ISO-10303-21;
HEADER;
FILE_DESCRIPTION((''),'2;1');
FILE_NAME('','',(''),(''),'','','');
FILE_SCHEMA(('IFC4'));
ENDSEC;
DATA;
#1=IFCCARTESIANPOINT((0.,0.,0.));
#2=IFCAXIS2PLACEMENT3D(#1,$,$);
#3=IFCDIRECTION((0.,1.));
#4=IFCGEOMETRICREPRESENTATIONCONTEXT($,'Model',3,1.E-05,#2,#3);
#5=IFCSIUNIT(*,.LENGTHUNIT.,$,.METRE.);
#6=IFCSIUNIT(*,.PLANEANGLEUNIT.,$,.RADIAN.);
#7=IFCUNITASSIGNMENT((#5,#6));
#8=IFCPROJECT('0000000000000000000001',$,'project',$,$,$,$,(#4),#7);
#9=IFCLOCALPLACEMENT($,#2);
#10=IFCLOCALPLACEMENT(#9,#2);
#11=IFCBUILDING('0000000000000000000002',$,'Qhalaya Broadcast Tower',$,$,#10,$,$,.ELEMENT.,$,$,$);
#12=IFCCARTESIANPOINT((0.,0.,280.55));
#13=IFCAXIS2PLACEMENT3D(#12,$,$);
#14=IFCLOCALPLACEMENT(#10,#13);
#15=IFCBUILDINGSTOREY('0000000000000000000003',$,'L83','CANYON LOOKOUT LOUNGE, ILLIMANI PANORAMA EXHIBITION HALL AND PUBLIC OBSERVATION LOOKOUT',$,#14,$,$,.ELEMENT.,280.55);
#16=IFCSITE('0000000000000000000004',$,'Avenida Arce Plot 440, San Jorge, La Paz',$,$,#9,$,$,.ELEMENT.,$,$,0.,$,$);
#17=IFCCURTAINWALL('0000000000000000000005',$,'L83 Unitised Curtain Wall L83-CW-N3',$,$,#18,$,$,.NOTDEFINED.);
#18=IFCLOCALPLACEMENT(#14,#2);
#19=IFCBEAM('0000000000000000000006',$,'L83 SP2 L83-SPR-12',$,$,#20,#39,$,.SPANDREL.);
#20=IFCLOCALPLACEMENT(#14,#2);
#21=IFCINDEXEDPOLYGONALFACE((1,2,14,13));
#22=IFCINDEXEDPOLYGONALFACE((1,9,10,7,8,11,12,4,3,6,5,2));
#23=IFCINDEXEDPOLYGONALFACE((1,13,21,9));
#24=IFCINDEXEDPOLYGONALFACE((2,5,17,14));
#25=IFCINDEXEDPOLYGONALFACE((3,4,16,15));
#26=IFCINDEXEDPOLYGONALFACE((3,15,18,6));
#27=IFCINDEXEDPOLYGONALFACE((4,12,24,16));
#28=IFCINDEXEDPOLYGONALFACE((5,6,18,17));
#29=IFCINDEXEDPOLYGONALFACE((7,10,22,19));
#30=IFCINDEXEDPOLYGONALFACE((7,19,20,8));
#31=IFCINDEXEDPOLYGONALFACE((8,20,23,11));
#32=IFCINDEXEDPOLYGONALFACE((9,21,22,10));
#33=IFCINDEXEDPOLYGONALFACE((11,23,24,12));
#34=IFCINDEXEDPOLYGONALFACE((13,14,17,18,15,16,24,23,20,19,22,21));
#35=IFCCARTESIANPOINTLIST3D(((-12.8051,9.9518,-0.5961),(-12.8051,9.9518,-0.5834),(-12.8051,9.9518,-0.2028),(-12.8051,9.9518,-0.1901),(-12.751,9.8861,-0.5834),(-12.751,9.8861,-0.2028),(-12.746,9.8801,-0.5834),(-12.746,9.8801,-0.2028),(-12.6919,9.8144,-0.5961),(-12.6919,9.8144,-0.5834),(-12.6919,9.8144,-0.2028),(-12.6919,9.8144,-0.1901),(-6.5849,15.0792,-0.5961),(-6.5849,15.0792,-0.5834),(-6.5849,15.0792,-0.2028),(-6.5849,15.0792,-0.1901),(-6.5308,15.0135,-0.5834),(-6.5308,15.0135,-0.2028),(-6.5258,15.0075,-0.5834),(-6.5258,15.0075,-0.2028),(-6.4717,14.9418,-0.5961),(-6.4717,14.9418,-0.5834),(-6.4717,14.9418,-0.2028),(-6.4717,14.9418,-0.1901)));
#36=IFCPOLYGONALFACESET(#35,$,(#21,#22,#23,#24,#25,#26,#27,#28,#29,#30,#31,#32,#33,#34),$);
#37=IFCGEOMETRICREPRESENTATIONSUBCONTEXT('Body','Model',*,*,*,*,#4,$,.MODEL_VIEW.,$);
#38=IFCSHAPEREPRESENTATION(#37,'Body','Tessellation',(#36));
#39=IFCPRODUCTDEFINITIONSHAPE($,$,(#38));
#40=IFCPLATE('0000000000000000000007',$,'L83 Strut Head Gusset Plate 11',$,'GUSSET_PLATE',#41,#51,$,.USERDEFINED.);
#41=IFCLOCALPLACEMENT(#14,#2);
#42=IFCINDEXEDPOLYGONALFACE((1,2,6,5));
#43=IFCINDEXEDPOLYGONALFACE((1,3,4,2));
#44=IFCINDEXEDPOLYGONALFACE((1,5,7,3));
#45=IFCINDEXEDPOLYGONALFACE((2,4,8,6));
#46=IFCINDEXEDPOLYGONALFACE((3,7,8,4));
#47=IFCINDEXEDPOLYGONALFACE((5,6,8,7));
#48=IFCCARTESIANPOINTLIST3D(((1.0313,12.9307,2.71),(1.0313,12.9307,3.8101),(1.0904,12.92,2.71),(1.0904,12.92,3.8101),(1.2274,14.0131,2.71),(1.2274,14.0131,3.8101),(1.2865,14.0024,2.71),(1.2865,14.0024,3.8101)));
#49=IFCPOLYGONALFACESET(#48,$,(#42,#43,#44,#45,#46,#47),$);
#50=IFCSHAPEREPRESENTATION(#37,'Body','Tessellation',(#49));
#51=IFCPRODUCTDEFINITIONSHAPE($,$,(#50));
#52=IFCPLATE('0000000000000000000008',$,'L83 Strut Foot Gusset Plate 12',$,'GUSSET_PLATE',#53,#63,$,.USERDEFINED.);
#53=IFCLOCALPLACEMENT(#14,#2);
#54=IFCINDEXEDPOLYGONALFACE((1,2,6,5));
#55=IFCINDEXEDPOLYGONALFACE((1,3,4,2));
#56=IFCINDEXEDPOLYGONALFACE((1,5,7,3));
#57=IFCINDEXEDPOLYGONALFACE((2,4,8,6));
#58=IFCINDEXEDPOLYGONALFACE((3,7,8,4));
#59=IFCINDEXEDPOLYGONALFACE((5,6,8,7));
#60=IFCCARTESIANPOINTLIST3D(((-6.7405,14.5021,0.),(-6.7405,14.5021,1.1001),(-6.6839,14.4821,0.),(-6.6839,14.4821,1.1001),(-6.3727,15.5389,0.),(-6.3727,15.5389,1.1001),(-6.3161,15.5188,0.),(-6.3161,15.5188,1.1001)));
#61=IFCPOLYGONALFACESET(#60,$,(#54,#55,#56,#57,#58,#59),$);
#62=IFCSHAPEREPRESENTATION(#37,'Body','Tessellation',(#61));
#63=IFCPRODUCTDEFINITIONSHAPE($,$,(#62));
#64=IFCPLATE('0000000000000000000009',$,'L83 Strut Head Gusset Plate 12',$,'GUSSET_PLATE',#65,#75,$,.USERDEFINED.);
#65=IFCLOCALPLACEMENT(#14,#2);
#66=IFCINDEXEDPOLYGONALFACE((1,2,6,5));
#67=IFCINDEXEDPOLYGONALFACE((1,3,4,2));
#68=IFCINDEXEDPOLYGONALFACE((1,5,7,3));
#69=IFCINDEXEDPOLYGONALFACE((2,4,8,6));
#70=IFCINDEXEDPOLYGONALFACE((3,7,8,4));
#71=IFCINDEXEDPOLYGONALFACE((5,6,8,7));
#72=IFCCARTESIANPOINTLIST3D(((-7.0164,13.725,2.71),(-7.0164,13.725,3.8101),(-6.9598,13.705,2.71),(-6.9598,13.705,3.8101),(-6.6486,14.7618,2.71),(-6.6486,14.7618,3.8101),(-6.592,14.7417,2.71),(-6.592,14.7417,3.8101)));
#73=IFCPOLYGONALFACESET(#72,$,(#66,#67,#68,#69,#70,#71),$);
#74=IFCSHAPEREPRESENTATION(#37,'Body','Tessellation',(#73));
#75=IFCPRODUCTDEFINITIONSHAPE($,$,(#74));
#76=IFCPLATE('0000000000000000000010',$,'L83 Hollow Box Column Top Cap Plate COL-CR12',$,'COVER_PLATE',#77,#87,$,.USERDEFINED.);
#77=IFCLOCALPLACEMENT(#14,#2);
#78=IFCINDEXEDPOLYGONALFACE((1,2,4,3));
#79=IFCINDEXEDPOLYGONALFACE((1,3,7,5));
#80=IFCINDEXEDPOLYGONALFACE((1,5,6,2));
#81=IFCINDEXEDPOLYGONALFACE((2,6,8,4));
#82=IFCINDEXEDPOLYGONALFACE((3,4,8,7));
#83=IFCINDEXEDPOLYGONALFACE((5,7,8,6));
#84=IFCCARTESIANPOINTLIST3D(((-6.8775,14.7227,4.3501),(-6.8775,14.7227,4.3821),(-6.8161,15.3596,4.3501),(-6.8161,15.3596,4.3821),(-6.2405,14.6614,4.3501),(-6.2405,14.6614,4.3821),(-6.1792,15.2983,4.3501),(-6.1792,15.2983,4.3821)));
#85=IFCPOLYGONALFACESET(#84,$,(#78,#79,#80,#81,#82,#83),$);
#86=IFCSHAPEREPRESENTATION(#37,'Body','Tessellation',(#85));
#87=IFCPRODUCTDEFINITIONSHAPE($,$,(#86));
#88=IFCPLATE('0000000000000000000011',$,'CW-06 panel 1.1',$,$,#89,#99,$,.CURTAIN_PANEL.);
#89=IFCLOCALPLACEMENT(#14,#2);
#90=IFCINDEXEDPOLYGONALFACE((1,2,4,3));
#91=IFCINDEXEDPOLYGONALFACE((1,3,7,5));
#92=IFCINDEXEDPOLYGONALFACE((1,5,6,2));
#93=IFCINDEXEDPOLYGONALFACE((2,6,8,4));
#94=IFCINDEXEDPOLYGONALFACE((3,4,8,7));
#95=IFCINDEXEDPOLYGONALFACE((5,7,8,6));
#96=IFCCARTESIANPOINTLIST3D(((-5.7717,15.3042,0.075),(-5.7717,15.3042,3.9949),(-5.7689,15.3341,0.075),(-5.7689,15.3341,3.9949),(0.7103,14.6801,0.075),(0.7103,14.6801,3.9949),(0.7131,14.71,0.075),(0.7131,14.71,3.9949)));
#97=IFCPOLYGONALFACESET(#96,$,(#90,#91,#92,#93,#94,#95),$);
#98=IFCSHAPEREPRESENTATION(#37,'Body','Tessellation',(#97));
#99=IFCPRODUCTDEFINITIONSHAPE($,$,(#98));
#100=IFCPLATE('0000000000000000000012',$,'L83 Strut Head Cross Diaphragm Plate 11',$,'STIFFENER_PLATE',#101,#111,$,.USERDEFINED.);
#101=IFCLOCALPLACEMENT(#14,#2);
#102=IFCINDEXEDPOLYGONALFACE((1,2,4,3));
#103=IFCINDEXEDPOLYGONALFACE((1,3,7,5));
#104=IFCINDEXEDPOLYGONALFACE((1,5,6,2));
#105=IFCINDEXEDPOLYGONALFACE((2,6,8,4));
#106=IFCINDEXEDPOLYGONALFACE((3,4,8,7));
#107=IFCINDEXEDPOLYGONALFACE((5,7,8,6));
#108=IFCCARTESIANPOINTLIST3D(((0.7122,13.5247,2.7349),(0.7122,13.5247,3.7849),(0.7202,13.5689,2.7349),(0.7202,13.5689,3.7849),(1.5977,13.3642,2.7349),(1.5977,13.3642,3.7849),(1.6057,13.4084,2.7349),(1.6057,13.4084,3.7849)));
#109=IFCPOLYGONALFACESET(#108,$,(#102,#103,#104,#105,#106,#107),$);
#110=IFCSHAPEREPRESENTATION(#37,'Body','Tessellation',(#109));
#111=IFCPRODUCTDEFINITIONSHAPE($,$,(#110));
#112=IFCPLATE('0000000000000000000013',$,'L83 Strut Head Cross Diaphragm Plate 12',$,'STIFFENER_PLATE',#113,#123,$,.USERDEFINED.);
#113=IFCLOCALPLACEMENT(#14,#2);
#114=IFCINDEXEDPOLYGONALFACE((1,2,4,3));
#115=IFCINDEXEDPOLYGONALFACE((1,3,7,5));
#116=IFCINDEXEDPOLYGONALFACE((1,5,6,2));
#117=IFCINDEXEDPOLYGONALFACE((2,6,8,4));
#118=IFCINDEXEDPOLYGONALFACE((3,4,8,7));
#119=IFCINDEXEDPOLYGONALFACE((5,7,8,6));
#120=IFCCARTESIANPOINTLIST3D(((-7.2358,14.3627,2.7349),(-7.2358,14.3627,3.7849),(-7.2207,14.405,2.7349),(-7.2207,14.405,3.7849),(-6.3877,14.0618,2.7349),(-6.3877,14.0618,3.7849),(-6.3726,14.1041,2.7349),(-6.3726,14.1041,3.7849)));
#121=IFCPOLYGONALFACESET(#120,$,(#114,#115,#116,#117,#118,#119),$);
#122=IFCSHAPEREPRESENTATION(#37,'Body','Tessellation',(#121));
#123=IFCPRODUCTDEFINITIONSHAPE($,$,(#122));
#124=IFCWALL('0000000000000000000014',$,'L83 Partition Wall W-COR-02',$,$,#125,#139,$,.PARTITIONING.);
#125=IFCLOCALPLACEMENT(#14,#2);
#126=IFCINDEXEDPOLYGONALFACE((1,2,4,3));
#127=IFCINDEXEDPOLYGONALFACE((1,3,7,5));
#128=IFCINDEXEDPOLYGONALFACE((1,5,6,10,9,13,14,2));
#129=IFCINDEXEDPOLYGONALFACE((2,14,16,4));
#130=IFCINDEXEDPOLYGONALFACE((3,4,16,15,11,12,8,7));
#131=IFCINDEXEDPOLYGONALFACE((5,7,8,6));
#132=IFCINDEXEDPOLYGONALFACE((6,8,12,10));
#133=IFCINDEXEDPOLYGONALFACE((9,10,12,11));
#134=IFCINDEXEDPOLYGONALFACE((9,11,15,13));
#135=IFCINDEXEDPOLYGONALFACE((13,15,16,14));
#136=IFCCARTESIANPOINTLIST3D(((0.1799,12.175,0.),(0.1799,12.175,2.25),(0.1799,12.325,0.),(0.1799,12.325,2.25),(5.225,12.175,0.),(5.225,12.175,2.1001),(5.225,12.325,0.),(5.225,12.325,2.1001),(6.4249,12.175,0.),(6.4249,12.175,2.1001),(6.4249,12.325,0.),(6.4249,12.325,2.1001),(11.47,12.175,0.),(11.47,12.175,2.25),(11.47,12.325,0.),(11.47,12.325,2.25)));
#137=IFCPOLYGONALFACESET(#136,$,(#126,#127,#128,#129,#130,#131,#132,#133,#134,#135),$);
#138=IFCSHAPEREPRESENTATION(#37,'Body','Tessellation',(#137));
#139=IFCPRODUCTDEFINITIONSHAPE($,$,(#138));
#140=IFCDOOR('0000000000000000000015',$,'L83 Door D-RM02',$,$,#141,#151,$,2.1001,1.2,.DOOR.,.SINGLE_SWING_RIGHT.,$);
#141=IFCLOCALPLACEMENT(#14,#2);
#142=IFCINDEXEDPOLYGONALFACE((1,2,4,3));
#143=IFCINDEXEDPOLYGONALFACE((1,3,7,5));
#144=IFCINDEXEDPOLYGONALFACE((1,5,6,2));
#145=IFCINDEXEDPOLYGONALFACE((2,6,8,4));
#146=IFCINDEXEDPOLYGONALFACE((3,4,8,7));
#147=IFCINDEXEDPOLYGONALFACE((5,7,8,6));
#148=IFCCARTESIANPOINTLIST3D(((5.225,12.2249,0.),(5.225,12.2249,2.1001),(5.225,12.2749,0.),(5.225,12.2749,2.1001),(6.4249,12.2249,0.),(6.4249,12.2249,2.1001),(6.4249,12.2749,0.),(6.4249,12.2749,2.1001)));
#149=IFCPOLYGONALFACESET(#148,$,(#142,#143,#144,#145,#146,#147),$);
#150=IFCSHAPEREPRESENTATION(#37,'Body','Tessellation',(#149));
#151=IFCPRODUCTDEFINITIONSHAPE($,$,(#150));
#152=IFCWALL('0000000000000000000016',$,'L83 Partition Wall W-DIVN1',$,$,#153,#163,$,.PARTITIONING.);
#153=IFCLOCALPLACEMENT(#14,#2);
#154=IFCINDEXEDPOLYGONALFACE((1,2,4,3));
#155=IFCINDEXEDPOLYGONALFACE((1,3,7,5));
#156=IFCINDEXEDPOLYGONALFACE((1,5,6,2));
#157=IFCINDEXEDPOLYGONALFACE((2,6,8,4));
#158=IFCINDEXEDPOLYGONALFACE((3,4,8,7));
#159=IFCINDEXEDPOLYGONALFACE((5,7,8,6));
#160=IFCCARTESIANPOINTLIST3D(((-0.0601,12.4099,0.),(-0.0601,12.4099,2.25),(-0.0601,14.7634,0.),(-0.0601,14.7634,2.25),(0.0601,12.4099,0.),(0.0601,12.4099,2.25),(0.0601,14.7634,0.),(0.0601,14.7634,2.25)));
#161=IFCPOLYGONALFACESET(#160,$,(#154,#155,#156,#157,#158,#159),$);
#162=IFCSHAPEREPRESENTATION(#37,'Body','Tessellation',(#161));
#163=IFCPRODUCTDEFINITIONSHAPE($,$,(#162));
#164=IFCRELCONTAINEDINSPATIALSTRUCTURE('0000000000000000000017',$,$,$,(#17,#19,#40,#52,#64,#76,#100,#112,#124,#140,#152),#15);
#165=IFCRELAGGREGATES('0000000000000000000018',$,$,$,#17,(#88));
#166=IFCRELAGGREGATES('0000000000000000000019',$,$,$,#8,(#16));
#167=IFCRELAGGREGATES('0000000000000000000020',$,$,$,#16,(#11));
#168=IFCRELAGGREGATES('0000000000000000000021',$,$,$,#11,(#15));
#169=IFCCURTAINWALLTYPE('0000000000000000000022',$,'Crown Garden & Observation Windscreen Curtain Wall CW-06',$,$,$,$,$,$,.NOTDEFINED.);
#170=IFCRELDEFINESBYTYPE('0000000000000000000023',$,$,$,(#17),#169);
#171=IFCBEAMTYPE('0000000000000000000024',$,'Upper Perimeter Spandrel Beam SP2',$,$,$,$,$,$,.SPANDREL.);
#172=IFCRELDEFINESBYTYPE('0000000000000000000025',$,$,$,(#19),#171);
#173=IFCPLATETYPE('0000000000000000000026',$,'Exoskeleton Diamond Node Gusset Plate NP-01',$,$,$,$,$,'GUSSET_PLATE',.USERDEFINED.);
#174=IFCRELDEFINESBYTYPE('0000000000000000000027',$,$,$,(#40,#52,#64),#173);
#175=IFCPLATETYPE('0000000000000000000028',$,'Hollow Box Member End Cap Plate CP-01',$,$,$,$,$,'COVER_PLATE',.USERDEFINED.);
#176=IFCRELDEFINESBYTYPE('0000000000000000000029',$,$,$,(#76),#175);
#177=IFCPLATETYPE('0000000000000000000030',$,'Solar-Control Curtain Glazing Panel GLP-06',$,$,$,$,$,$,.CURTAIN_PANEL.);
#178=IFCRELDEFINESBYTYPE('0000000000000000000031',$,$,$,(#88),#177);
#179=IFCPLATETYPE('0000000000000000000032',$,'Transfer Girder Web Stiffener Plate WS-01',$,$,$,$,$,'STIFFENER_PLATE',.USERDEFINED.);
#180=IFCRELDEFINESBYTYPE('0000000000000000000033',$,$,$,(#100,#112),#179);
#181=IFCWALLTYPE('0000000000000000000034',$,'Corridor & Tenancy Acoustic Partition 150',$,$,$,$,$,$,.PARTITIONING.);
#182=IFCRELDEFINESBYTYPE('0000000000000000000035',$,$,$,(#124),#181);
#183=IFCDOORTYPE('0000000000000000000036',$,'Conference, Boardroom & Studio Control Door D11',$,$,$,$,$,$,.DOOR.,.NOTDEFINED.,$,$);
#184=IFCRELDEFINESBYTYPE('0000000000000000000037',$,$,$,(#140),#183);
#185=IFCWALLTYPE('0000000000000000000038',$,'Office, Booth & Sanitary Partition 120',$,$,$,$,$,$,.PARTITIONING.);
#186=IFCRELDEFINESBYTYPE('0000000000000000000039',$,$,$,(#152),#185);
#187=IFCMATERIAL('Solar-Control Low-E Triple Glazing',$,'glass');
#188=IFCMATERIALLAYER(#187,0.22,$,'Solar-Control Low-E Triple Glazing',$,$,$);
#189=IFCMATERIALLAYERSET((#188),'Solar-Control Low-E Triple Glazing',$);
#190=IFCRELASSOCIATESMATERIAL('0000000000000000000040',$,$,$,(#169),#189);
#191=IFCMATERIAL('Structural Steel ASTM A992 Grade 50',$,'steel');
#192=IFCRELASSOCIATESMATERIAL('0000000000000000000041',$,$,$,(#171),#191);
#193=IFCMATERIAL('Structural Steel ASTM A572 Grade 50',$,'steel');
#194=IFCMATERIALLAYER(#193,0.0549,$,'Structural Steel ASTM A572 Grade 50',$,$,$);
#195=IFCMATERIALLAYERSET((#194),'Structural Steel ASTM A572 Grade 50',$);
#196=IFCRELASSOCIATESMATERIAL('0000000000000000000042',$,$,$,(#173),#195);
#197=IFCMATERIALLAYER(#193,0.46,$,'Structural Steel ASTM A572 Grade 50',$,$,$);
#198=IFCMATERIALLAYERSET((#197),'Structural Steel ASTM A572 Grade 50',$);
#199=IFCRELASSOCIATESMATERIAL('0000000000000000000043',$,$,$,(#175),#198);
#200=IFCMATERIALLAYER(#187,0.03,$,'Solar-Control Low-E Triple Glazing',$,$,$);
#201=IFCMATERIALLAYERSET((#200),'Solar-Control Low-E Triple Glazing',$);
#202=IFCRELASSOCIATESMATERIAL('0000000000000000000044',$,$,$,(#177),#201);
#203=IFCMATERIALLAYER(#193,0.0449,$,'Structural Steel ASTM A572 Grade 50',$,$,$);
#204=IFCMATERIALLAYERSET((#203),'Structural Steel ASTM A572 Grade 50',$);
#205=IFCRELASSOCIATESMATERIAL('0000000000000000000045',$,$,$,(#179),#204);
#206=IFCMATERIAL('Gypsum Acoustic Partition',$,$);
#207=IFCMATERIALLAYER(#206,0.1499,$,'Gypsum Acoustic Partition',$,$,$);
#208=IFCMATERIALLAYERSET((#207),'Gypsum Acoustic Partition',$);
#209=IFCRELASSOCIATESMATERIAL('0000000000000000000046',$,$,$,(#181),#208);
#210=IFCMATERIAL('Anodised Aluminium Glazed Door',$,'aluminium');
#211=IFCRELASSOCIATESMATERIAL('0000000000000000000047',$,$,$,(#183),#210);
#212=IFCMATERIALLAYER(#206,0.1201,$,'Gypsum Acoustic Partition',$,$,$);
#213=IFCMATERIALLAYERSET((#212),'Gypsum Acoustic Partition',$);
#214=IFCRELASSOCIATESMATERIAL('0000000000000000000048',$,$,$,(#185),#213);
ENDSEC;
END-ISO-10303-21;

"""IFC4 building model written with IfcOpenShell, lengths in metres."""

from ifc_helpers import new_model, si_unit, direction, frame, frame_2d, origin, origin_2d, place, context, subcontext, project, spatial, rectangle, i_section, extrude, material, layer, layer_set, material_profile, profile_set, type_object, element, fill, aggregate, save


model = new_model("IFC4")

# Units and contexts
model_context = context("Model", 3, precision=1e-05, world=origin(), true_north=direction((0.0, 1.0)))
body_context = subcontext(model_context, "Body", "Model", "MODEL_VIEW")
ifc_project = project(units=[si_unit("LENGTHUNIT", "METRE"), si_unit("PLANEANGLEUNIT", "RADIAN")], contexts=[model_context])

# Site, building, storey
site_placement = place(None, origin())
site = spatial("IfcSite", under=ifc_project, at=site_placement, Name="Avenida Arce Plot 440, San Jorge, La Paz", CompositionType="ELEMENT", RefElevation=0.0)
building_placement = place(site_placement, origin())
building = spatial("IfcBuilding", under=site, at=building_placement, Name="Qhalaya Broadcast Tower", CompositionType="ELEMENT")
storey_placement = place(building_placement, frame((0.0, 0.0, 280.55)))
storey = spatial("IfcBuildingStorey", under=building, at=storey_placement, Name="L83", Description="CANYON LOOKOUT LOUNGE, ILLIMANI PANORAMA EXHIBITION HALL AND PUBLIC OBSERVATION LOOKOUT", CompositionType="ELEMENT", Elevation=280.55)

# Shared definitions
ifc_material_1 = material(Name="Structural Steel ASTM A572 Grade 50", Category="steel")

# Shared definitions
ifc_material_2 = material(Name="Structural Steel ASTM A992 Grade 50", Category="steel")

# Curtain wall
ifc_material_3 = material(Name="Solar-Control Low-E Triple Glazing", Category="glass")
ifc_layer_1 = layer(ifc_material_3, 0.22, Name="Solar-Control Low-E Triple Glazing")
ifc_layer_set_1 = layer_set([ifc_layer_1], Name="Solar-Control Low-E Triple Glazing")
curtain_wall_type = type_object("IfcCurtainWallType", Name="Crown Garden & Observation Windscreen Curtain Wall CW-06", PredefinedType="NOTDEFINED", material=ifc_layer_set_1)
curtain_wall_placement = place(storey_placement, origin())
curtain_wall = element("IfcCurtainWall", 1, at=curtain_wall_placement, inside=storey, type_object=curtain_wall_type, Name="L83 Unitised Curtain Wall L83-CW-N3", PredefinedType="NOTDEFINED")

# Beam
ifc_material_profile_1 = material_profile(ifc_material_2, i_section(OverallWidth=0.178, OverallDepth=0.406, WebThickness=0.0078, FlangeThickness=0.0127, at=origin_2d()), Name="W16X40")
ifc_profile_set_1 = profile_set([ifc_material_profile_1], Name="Structural Steel ASTM A992 Grade 50")
beam_type_1 = type_object("IfcBeamType", Name="Upper Perimeter Spandrel Beam SP2", PredefinedType="SPANDREL", material=ifc_profile_set_1)
beam_1_placement = place(storey_placement, frame((-6.5283, 15.0105, -0.3931), z_axis=(-0.771631, -0.63607, 0.0), x_axis=(0.63607, -0.771631, 0.0)))
element("IfcBeam", 2, at=beam_1_placement, inside=storey, type_object=beam_type_1, Name="L83 SP2 L83-SPR-12", PredefinedType="SPANDREL", context=body_context, shape_type="SweptSolid", body=[
    extrude(i_section(OverallWidth=0.178, OverallDepth=0.406, WebThickness=0.0078, FlangeThickness=0.0127, at=origin_2d()), origin(), (0.0, 0.0, 1.0), 8.061),
])

# Plates
ifc_layer_2 = layer(ifc_material_1, 0.0549, Name="Structural Steel ASTM A572 Grade 50")
ifc_layer_set_2 = layer_set([ifc_layer_2], Name="Structural Steel ASTM A572 Grade 50")
plate_type_1 = type_object("IfcPlateType", Name="Exoskeleton Diamond Node Gusset Plate NP-01", ElementType="GUSSET_PLATE", PredefinedType="USERDEFINED", material=ifc_layer_set_2)
for number, where, z_axis, x_axis, name in (
    (3, (1.1589, 13.4666, 2.71), (0.0, 0.0, 1.0), (-0.178253, -0.983985, 0.0), "L83 Strut Head Gusset Plate 11"),
    (4, (-6.5283, 15.0105, 0.0), (0.0, 0.0, 1.0), (-0.334366, -0.942443, 0.0), "L83 Strut Foot Gusset Plate 12"),
    (5, (-6.8042, 14.2334, 2.71), (0.0, 0.0, 1.0), (-0.334366, -0.942443, 0.0), "L83 Strut Head Gusset Plate 12"),
):
    element("IfcPlate", number, at=place(storey_placement, frame(where, z_axis=z_axis, x_axis=x_axis)), inside=storey, type_object=plate_type_1, Name=name, ObjectType="GUSSET_PLATE", PredefinedType="USERDEFINED", context=body_context, shape_type="SweptSolid", body=[
        extrude(rectangle(XDim=1.1001, YDim=0.0601, at=origin_2d()), origin(), (0.0, 0.0, 1.0), 1.1001),
    ])
ifc_layer_3 = layer(ifc_material_1, 0.46, Name="Structural Steel ASTM A572 Grade 50")
ifc_layer_set_3 = layer_set([ifc_layer_3], Name="Structural Steel ASTM A572 Grade 50")
plate_type_2 = type_object("IfcPlateType", Name="Hollow Box Member End Cap Plate CP-01", ElementType="COVER_PLATE", PredefinedType="USERDEFINED", material=ifc_layer_set_3)
plate_1_placement = place(storey_placement, frame((-6.5283, 15.0105, 4.3501), z_axis=(0.0, 0.0, 1.0), x_axis=(0.995396, -0.095846, 0.0)))
element("IfcPlate", 6, at=plate_1_placement, inside=storey, type_object=plate_type_2, Name="L83 Hollow Box Column Top Cap Plate COL-CR12", ObjectType="COVER_PLATE", PredefinedType="USERDEFINED", context=body_context, shape_type="SweptSolid", body=[
    extrude(rectangle(XDim=0.6399, YDim=0.6399, at=origin_2d()), origin(), (0.0, 0.0, 1.0), 0.032),
])

# Plate
ifc_layer_4 = layer(ifc_material_3, 0.03, Name="Solar-Control Low-E Triple Glazing")
ifc_layer_set_4 = layer_set([ifc_layer_4], Name="Solar-Control Low-E Triple Glazing")
plate_type_3 = type_object("IfcPlateType", Name="Solar-Control Curtain Glazing Panel GLP-06", PredefinedType="CURTAIN_PANEL", material=ifc_layer_set_4)
plate_2_placement = place(storey_placement, frame((-2.5293, 15.0071, 0.075), z_axis=(0.0, 0.0, 1.0), x_axis=(-0.995397, 0.095843, 0.0)))
plate_2 = element("IfcPlate", 7, at=plate_2_placement, type_object=plate_type_3, Name="CW-06 panel 1.1", PredefinedType="CURTAIN_PANEL", context=body_context, shape_type="SweptSolid", body=[
    extrude(rectangle(XDim=6.512, YDim=0.03, at=origin_2d()), origin(), (0.0, 0.0, 1.0), 3.9199),
])
aggregate(curtain_wall, [plate_2])

# Plates
ifc_layer_5 = layer(ifc_material_1, 0.0449, Name="Structural Steel ASTM A572 Grade 50")
ifc_layer_set_5 = layer_set([ifc_layer_5], Name="Structural Steel ASTM A572 Grade 50")
plate_type_4 = type_object("IfcPlateType", Name="Transfer Girder Web Stiffener Plate WS-01", ElementType="STIFFENER_PLATE", PredefinedType="USERDEFINED", material=ifc_layer_set_5)
for number, where, z_axis, x_axis, name in (
    (8, (1.1589, 13.4666, 2.7349), (0.0, 0.0, 1.0), (0.983985, -0.178253, 0.0), "L83 Strut Head Cross Diaphragm Plate 11"),
    (9, (-6.8042, 14.2334, 2.7349), (0.0, 0.0, 1.0), (0.942443, -0.334366, 0.0), "L83 Strut Head Cross Diaphragm Plate 12"),
):
    element("IfcPlate", number, at=place(storey_placement, frame(where, z_axis=z_axis, x_axis=x_axis)), inside=storey, type_object=plate_type_4, Name=name, ObjectType="STIFFENER_PLATE", PredefinedType="USERDEFINED", context=body_context, shape_type="SweptSolid", body=[
        extrude(rectangle(XDim=0.8999, YDim=0.0449, at=origin_2d()), origin(), (0.0, 0.0, 1.0), 1.05),
    ])

# Wall, opening, door
ifc_material_4 = material(Name="Gypsum Acoustic Partition")
ifc_layer_6 = layer(ifc_material_4, 0.1499, Name="Gypsum Acoustic Partition")
ifc_layer_set_6 = layer_set([ifc_layer_6], Name="Gypsum Acoustic Partition")
wall_type_1 = type_object("IfcWallType", Name="Corridor & Tenancy Acoustic Partition 150", PredefinedType="PARTITIONING", material=ifc_layer_set_6)
wall_1_placement = place(storey_placement, frame((0.1799, 12.25, 0.0), z_axis=(0.0, 0.0, 1.0), x_axis=(1.0, 0.0, 0.0)))
wall_1 = element("IfcWall", 10, at=wall_1_placement, inside=storey, type_object=wall_type_1, Name="L83 Partition Wall W-COR-02", PredefinedType="PARTITIONING", context=body_context, shape_type="SweptSolid", body=[
    extrude(rectangle(XDim=11.29, YDim=0.1499, at=frame_2d((5.645, 0.0))), origin(), (0.0, 0.0, 1.0), 2.25),
])
opening_placement = place(wall_1_placement, frame((5.0449, 0.0, 0.0)))
opening = element("IfcOpeningElement", 11, at=opening_placement, cuts=wall_1, PredefinedType="OPENING", context=body_context, shape_type="SweptSolid", body=[
    extrude(rectangle(XDim=1.2, YDim=2.1001, at=frame_2d((0.6001, 1.05))), frame((0.0, 0.0869, 0.0), z_axis=(0.0, -1.0, 0.0), x_axis=(1.0, 0.0, 0.0)), (0.0, 0.0, 1.0), 0.1738),
])
ifc_material_5 = material(Name="Anodised Aluminium Glazed Door", Category="aluminium")
door_type = type_object("IfcDoorType", Name="Conference, Boardroom & Studio Control Door D11", OperationType="NOTDEFINED", PredefinedType="DOOR", material=ifc_material_5)
door_placement = place(opening_placement, origin())
door = element("IfcDoor", 12, at=door_placement, inside=storey, type_object=door_type, Name="L83 Door D-RM02", OperationType="SINGLE_SWING_RIGHT", OverallHeight=2.1001, OverallWidth=1.2, PredefinedType="DOOR", context=body_context, shape_type="SweptSolid", body=[
    extrude(rectangle(XDim=1.2, YDim=2.1001, at=frame_2d((0.6001, 1.05))), frame((0.0, 0.0249, 0.0), z_axis=(0.0, -1.0, 0.0), x_axis=(1.0, 0.0, 0.0)), (0.0, 0.0, 1.0), 0.05),
])
fill(opening, door)

# Wall
ifc_layer_7 = layer(ifc_material_4, 0.1201, Name="Gypsum Acoustic Partition")
ifc_layer_set_7 = layer_set([ifc_layer_7], Name="Gypsum Acoustic Partition")
wall_type_2 = type_object("IfcWallType", Name="Office, Booth & Sanitary Partition 120", PredefinedType="PARTITIONING", material=ifc_layer_set_7)
wall_2_placement = place(storey_placement, frame((0.0, 12.4099, 0.0), z_axis=(0.0, 0.0, 1.0), x_axis=(0.0, 1.0, 0.0)))
element("IfcWall", 13, at=wall_2_placement, inside=storey, type_object=wall_type_2, Name="L83 Partition Wall W-DIVN1", PredefinedType="PARTITIONING", context=body_context, shape_type="SweptSolid", body=[
    extrude(rectangle(XDim=2.3535, YDim=0.1201, at=frame_2d((1.1768, 0.0))), origin(), (0.0, 0.0, 1.0), 2.25),
])

save(model, "model.ifc")
